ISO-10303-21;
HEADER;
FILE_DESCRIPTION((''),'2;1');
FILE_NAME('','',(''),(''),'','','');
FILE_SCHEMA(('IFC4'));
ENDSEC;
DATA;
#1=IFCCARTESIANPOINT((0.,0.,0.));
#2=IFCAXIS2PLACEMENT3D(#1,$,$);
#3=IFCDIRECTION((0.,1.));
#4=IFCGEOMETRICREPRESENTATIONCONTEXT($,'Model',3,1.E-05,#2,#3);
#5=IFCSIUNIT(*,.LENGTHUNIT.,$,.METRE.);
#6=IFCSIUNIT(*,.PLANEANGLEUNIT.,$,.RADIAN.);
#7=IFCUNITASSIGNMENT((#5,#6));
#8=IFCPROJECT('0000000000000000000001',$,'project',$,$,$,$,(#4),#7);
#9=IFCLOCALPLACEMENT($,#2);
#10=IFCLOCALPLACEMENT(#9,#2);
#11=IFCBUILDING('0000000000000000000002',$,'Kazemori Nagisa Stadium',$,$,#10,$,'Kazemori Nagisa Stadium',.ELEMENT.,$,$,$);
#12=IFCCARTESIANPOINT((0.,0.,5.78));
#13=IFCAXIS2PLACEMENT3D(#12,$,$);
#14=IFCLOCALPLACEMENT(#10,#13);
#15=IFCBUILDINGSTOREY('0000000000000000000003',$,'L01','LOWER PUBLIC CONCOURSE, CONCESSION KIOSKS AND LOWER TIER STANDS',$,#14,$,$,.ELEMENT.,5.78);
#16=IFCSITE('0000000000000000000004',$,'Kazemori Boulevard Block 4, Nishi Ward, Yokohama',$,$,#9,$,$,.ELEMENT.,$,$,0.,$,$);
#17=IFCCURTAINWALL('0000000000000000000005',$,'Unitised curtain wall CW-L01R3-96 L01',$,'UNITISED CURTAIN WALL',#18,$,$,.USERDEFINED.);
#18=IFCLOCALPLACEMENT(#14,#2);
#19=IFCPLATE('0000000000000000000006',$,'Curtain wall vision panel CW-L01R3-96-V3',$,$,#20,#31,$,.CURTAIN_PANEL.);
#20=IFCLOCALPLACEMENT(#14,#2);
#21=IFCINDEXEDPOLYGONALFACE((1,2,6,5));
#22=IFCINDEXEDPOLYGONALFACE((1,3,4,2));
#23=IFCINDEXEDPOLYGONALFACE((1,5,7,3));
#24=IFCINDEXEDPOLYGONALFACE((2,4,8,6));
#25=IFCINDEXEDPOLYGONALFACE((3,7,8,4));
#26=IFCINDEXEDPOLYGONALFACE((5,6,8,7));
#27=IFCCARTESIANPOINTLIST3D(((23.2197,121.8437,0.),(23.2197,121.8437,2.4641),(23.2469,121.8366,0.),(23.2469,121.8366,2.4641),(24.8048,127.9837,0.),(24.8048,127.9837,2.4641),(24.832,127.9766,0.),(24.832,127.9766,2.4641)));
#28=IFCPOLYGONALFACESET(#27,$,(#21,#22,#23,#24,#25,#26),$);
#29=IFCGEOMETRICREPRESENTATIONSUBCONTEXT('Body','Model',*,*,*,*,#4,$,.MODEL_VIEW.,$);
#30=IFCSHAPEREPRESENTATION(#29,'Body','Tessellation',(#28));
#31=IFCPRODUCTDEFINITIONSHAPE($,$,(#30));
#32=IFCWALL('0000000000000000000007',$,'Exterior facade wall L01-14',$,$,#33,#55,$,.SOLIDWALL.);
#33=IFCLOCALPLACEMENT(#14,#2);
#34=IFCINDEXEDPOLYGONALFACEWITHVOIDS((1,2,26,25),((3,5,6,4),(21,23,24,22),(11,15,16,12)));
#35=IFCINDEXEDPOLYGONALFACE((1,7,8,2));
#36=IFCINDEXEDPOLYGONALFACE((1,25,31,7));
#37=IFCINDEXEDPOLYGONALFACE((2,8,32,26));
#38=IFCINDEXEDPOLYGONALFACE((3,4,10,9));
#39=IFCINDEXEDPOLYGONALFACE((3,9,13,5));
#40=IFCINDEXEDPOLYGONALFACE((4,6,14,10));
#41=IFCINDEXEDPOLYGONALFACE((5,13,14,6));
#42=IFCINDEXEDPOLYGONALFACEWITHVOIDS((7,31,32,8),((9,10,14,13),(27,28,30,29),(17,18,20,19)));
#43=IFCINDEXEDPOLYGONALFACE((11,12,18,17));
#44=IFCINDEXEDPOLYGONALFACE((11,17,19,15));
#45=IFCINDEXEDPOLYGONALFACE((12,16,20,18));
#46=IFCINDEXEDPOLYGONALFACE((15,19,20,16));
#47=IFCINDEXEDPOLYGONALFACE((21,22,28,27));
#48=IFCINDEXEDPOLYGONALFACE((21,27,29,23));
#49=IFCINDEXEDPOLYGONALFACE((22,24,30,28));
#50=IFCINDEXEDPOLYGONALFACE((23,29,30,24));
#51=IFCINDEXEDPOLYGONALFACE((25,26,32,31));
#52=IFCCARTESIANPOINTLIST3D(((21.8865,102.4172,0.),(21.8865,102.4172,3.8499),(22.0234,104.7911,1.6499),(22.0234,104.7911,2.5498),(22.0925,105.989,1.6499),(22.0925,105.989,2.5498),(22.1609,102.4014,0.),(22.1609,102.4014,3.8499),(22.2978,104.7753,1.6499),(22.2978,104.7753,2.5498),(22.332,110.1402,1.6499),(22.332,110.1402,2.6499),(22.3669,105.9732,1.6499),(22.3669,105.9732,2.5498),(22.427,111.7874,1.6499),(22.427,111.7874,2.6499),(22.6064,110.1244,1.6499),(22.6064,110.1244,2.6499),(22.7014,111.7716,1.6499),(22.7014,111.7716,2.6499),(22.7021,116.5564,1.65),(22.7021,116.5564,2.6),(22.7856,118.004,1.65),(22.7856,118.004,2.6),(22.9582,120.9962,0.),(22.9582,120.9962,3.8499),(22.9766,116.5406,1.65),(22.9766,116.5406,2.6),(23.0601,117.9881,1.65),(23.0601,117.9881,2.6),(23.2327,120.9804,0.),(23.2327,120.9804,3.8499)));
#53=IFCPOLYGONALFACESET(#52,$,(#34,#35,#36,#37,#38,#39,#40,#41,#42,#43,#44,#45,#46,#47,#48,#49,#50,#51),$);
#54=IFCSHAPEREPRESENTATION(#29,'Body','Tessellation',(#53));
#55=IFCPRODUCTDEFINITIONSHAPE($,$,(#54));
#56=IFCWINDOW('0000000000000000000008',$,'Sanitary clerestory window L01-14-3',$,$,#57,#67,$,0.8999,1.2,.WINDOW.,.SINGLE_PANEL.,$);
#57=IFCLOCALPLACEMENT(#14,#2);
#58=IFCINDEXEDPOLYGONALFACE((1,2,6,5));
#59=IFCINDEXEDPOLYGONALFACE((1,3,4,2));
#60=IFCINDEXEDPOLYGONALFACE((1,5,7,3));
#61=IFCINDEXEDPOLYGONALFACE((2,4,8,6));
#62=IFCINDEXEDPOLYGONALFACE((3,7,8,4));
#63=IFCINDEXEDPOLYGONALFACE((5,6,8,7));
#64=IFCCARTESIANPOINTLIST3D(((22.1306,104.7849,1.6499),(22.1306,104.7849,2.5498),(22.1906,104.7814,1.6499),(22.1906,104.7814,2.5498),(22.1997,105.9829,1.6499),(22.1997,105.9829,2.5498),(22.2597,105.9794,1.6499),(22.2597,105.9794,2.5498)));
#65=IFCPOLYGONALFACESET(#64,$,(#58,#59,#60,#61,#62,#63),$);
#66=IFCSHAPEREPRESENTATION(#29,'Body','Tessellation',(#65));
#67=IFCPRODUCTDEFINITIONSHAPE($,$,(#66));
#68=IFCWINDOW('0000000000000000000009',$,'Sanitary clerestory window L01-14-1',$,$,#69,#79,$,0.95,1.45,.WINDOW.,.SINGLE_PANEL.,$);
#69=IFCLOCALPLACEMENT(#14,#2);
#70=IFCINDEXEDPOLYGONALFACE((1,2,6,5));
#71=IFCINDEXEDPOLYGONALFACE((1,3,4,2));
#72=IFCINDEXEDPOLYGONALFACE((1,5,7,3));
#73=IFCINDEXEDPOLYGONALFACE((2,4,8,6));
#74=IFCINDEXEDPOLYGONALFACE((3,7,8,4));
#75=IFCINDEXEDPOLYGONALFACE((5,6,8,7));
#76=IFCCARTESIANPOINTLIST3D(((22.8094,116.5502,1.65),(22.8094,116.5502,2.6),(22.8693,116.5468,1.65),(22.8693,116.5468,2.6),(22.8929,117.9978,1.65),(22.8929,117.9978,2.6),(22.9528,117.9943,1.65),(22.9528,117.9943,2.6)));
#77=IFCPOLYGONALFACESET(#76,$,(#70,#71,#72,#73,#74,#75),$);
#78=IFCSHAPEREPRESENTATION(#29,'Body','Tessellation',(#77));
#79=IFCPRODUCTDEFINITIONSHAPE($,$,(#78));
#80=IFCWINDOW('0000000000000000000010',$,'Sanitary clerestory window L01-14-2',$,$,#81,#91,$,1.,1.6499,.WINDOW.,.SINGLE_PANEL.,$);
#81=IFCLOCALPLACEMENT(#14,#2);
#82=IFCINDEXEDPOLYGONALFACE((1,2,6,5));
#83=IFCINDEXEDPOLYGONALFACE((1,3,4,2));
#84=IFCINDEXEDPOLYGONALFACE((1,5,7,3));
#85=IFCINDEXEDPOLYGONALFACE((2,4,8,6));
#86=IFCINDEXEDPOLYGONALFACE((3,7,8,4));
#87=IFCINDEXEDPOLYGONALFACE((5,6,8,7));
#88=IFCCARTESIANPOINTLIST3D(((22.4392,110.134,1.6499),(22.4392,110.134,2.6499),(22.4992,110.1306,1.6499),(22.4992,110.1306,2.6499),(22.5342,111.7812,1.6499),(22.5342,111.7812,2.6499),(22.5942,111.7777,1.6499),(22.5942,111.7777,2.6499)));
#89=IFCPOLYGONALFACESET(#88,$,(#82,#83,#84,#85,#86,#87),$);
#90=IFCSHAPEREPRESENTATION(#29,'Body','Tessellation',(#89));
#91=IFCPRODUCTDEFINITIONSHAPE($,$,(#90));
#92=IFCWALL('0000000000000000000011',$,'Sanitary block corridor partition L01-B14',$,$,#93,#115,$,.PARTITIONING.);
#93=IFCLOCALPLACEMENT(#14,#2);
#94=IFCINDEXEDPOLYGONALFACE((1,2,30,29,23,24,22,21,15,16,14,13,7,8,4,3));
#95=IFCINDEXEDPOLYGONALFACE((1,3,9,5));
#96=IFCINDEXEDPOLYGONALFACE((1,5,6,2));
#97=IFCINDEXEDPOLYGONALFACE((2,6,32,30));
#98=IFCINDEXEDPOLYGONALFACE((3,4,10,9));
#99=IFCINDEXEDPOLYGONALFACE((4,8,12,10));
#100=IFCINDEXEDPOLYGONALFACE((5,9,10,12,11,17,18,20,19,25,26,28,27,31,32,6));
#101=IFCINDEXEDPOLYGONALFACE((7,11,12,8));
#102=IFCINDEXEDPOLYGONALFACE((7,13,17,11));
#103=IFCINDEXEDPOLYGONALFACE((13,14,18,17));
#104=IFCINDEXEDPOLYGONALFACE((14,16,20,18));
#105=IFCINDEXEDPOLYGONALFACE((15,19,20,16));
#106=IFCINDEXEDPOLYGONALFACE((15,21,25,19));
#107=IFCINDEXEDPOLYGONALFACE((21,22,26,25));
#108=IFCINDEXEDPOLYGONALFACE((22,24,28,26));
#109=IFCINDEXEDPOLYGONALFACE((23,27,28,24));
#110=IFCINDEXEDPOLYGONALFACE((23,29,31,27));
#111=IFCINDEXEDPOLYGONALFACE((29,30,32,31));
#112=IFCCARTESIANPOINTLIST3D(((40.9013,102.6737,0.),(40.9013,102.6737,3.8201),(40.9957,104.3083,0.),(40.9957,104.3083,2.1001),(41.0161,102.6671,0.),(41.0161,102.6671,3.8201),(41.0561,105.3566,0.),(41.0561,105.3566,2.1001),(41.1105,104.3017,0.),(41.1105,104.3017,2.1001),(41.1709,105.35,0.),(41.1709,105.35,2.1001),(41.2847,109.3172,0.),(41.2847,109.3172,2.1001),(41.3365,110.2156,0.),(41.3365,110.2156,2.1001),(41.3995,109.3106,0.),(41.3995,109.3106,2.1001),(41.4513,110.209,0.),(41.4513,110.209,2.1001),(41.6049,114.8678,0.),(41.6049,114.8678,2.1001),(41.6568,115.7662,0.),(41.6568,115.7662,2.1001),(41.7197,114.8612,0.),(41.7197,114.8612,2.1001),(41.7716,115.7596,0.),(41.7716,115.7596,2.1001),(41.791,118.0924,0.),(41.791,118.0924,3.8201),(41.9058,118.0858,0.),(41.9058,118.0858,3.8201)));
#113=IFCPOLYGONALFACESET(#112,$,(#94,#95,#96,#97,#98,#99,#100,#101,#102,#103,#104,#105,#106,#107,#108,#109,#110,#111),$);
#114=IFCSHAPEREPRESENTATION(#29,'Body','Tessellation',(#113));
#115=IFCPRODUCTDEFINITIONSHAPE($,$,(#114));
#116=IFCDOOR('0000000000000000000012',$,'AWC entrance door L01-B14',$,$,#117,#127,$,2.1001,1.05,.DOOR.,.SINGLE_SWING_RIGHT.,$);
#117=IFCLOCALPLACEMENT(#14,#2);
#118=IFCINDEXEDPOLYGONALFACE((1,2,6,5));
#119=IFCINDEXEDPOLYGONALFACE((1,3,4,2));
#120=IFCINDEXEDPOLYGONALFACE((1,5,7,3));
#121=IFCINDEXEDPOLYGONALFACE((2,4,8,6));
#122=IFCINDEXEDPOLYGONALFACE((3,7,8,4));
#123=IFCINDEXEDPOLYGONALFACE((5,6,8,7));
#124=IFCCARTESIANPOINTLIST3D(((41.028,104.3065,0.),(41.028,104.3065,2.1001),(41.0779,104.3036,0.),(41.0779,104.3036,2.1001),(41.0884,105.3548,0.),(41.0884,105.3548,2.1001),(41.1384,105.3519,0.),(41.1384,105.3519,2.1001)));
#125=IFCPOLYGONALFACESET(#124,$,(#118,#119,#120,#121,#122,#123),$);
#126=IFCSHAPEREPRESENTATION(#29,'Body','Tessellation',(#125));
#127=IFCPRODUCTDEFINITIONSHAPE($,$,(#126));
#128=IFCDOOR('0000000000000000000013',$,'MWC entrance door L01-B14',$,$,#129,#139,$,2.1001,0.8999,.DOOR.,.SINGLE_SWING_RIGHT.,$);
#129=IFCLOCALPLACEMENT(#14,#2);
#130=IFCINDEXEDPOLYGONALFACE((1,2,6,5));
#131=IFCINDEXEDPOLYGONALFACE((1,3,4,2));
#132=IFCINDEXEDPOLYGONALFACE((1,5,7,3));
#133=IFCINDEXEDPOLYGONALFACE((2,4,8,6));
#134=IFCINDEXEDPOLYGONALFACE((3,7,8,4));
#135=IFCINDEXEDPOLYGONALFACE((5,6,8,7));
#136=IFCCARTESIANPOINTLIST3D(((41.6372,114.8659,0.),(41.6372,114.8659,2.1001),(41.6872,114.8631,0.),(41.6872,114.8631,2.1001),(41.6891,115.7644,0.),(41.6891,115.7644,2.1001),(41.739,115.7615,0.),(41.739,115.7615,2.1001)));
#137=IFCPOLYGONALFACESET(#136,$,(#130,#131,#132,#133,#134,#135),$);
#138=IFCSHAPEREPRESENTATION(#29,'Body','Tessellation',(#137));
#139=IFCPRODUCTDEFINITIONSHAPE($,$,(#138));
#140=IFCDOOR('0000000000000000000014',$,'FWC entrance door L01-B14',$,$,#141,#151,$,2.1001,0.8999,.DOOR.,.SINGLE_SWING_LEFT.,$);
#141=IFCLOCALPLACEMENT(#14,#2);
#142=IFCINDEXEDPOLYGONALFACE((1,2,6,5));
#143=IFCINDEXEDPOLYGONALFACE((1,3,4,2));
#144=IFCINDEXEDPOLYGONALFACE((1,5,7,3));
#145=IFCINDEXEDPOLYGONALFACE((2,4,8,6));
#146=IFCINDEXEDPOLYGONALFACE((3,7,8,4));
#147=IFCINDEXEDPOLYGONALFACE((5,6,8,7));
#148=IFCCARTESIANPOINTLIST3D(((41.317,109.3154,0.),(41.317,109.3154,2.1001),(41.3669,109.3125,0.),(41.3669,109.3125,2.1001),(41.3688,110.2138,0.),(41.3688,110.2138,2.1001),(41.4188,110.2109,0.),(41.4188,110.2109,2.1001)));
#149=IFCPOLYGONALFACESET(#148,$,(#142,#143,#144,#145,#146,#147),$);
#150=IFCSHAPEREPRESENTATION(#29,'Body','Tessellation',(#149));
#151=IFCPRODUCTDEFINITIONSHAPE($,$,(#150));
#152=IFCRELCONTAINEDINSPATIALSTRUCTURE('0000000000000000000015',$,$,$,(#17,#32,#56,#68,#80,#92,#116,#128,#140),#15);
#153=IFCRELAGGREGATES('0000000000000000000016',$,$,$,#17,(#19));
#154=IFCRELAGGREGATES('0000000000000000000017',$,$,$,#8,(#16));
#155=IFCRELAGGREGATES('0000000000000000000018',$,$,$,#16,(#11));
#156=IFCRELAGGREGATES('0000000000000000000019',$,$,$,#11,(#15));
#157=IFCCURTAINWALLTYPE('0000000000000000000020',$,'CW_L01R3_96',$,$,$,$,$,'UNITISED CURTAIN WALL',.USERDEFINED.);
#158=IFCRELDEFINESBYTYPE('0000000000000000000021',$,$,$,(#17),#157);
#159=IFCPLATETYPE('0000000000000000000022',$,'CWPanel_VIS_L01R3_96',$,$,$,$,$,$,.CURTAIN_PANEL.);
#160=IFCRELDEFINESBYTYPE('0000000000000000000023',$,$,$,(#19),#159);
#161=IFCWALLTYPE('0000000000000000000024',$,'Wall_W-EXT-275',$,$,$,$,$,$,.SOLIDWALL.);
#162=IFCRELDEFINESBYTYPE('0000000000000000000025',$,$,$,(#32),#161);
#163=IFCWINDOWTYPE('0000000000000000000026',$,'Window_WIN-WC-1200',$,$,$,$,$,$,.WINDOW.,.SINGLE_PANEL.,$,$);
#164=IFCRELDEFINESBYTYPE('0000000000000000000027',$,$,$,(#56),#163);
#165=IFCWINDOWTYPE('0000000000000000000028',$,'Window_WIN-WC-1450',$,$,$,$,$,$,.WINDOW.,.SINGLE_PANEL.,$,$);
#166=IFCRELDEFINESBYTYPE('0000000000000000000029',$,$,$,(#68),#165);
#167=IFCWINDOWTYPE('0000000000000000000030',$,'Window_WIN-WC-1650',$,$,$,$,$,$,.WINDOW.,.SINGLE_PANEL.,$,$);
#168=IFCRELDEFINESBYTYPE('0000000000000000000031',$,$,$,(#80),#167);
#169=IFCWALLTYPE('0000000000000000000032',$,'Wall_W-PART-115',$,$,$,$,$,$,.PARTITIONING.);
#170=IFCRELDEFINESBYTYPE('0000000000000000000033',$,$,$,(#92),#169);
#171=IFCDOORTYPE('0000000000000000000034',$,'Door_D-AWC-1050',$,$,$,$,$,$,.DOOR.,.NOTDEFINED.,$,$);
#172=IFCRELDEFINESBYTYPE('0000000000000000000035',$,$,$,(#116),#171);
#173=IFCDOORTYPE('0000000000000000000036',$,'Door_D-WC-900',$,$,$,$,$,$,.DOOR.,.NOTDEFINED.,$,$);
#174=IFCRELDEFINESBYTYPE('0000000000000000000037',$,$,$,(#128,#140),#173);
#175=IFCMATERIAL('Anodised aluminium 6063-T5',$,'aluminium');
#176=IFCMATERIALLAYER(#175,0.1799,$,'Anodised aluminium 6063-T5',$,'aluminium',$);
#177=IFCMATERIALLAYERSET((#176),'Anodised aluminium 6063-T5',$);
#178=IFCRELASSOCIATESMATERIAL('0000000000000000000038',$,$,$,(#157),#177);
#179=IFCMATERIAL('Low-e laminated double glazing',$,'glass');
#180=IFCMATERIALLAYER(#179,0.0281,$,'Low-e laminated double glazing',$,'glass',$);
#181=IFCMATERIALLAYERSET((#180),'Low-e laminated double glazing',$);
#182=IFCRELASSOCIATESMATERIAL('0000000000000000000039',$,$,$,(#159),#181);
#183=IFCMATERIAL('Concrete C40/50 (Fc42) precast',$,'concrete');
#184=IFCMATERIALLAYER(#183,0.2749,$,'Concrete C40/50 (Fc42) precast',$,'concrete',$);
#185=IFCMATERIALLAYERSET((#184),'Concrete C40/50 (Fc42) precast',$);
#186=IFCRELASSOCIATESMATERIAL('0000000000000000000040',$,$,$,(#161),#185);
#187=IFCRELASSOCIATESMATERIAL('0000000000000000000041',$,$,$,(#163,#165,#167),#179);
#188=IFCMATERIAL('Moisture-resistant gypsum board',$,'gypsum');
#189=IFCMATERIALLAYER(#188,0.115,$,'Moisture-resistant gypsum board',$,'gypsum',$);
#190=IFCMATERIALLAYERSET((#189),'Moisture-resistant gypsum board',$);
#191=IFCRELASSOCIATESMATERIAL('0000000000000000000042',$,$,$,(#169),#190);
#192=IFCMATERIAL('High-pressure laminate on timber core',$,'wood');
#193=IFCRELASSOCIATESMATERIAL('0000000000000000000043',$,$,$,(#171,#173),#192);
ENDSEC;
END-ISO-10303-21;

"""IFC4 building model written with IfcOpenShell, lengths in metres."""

from ifc_helpers import new_model, si_unit, direction, frame, frame_2d, origin, origin_2d, place, context, subcontext, project, spatial, rectangle, extrude, material, layer, layer_set, type_object, element, fill, aggregate, save


model = new_model("IFC4")

# Units and contexts
model_context = context("Model", 3, precision=1e-05, world=origin(), true_north=direction((0.0, 1.0)))
body_context = subcontext(model_context, "Body", "Model", "MODEL_VIEW")
ifc_project = project(units=[si_unit("LENGTHUNIT", "METRE"), si_unit("PLANEANGLEUNIT", "RADIAN")], contexts=[model_context])

# Site, building, storey
site_placement = place(None, origin())
site = spatial("IfcSite", under=ifc_project, at=site_placement, Name="Kazemori Boulevard Block 4, Nishi Ward, Yokohama", CompositionType="ELEMENT", RefElevation=0.0)
building_placement = place(site_placement, origin())
building = spatial("IfcBuilding", under=site, at=building_placement, Name="Kazemori Nagisa Stadium", LongName="Kazemori Nagisa Stadium", CompositionType="ELEMENT")
storey_placement = place(building_placement, frame((0.0, 0.0, 5.78)))
storey = spatial("IfcBuildingStorey", under=building, at=storey_placement, Name="L01", Description="LOWER PUBLIC CONCOURSE, CONCESSION KIOSKS AND LOWER TIER STANDS", CompositionType="ELEMENT", Elevation=5.78)

# Curtain wall, plate
ifc_material_1 = material(Name="Anodised aluminium 6063-T5", Category="aluminium")
ifc_layer_1 = layer(ifc_material_1, 0.1799, Name="Anodised aluminium 6063-T5", Category="aluminium")
ifc_layer_set_1 = layer_set([ifc_layer_1], Name="Anodised aluminium 6063-T5")
curtain_wall_type = type_object("IfcCurtainWallType", Name="CW_L01R3_96", ElementType="UNITISED CURTAIN WALL", PredefinedType="USERDEFINED", material=ifc_layer_set_1)
curtain_wall_placement = place(storey_placement, origin())
curtain_wall = element("IfcCurtainWall", 1, at=curtain_wall_placement, inside=storey, type_object=curtain_wall_type, Name="Unitised curtain wall CW-L01R3-96 L01", ObjectType="UNITISED CURTAIN WALL", PredefinedType="USERDEFINED")
ifc_material_2 = material(Name="Low-e laminated double glazing", Category="glass")
ifc_layer_2 = layer(ifc_material_2, 0.0281, Name="Low-e laminated double glazing", Category="glass")
ifc_layer_set_2 = layer_set([ifc_layer_2], Name="Low-e laminated double glazing")
plate_type_1 = type_object("IfcPlateType", Name="CWPanel_VIS_L01R3_96", PredefinedType="CURTAIN_PANEL", material=ifc_layer_set_2)
plate_1_placement = place(storey_placement, frame((24.0259, 124.9102, 0.0), z_axis=(0.0, 0.0, 1.0), x_axis=(-0.249965, -0.968255, 0.0)))
plate_1 = element("IfcPlate", 2, at=plate_1_placement, type_object=plate_type_1, Name="Curtain wall vision panel CW-L01R3-96-V3", PredefinedType="CURTAIN_PANEL", context=body_context, shape_type="SweptSolid", body=[
    extrude(rectangle(XDim=6.3413, YDim=0.0281, at=origin_2d()), origin(), (0.0, 0.0, 1.0), 2.4641),
])
aggregate(curtain_wall, [plate_1])

# Wall, openings, windows
ifc_material_3 = material(Name="Concrete C40/50 (Fc42) precast", Category="concrete")
ifc_layer_3 = layer(ifc_material_3, 0.2749, Name="Concrete C40/50 (Fc42) precast", Category="concrete")
ifc_layer_set_3 = layer_set([ifc_layer_3], Name="Concrete C40/50 (Fc42) precast")
wall_type_1 = type_object("IfcWallType", Name="Wall_W-EXT-275", PredefinedType="SOLIDWALL", material=ifc_layer_set_3)
wall_1_placement = place(storey_placement, frame((23.0955, 120.9883, 0.0), z_axis=(0.0, 0.0, 1.0), x_axis=(-0.057592, -0.99834, 0.0)))
wall_1 = element("IfcWall", 3, at=wall_1_placement, inside=storey, type_object=wall_type_1, Name="Exterior facade wall L01-14", PredefinedType="SOLIDWALL", context=body_context, shape_type="SweptSolid", body=[
    extrude(rectangle(XDim=18.6099, YDim=0.2749, at=frame_2d((9.3049, 0.0))), origin(), (0.0, 0.0, 1.0), 3.8499),
])
opening_1_placement = place(wall_1_placement, frame((2.9971, 0.0, 1.6499)))
opening_1 = element("IfcOpeningElement", 4, at=opening_1_placement, cuts=wall_1, PredefinedType="OPENING", context=body_context, shape_type="SweptSolid", body=[
    extrude(rectangle(XDim=1.45, YDim=0.95, at=frame_2d((0.7251, 0.4751))), frame((0.0, 0.1475, 0.0), z_axis=(0.0, -1.0, 0.0), x_axis=(1.0, 0.0, 0.0)), (0.0, 0.0, 1.0), 0.2949),
])
opening_2_placement = place(wall_1_placement, frame((9.2241, 0.0, 1.6499)))
opening_2 = element("IfcOpeningElement", 5, at=opening_2_placement, cuts=wall_1, PredefinedType="OPENING", context=body_context, shape_type="SweptSolid", body=[
    extrude(rectangle(XDim=1.6499, YDim=1.0, at=frame_2d((0.825, 0.5))), frame((0.0, 0.1475, 0.0), z_axis=(0.0, -1.0, 0.0), x_axis=(1.0, 0.0, 0.0)), (0.0, 0.0, 1.0), 0.2949),
])
opening_3_placement = place(wall_1_placement, frame((15.032, 0.0, 1.6499)))
opening_3 = element("IfcOpeningElement", 6, at=opening_3_placement, cuts=wall_1, PredefinedType="OPENING", context=body_context, shape_type="SweptSolid", body=[
    extrude(rectangle(XDim=1.2, YDim=0.8999, at=frame_2d((0.6001, 0.45))), frame((0.0, 0.1475, 0.0), z_axis=(0.0, -1.0, 0.0), x_axis=(1.0, 0.0, 0.0)), (0.0, 0.0, 1.0), 0.2949),
])
window_type_1 = type_object("IfcWindowType", Name="Window_WIN-WC-1200", PartitioningType="SINGLE_PANEL", PredefinedType="WINDOW", material=ifc_material_2)
window_1_placement = place(opening_3_placement, origin())
window_1 = element("IfcWindow", 7, at=window_1_placement, inside=storey, type_object=window_type_1, Name="Sanitary clerestory window L01-14-3", OverallHeight=0.8999, OverallWidth=1.2, PartitioningType="SINGLE_PANEL", PredefinedType="WINDOW", context=body_context, shape_type="SweptSolid", body=[
    extrude(rectangle(XDim=1.2, YDim=0.8999, at=frame_2d((0.6001, 0.45))), frame((0.0, 0.03, 0.0), z_axis=(0.0, -1.0, 0.0), x_axis=(1.0, 0.0, 0.0)), (0.0, 0.0, 1.0), 0.0601),
])
fill(opening_3, window_1)
window_type_2 = type_object("IfcWindowType", Name="Window_WIN-WC-1450", PartitioningType="SINGLE_PANEL", PredefinedType="WINDOW", material=ifc_material_2)
window_2_placement = place(opening_1_placement, origin())
window_2 = element("IfcWindow", 8, at=window_2_placement, inside=storey, type_object=window_type_2, Name="Sanitary clerestory window L01-14-1", OverallHeight=0.95, OverallWidth=1.45, PartitioningType="SINGLE_PANEL", PredefinedType="WINDOW", context=body_context, shape_type="SweptSolid", body=[
    extrude(rectangle(XDim=1.45, YDim=0.95, at=frame_2d((0.7251, 0.4751))), frame((0.0, 0.03, 0.0), z_axis=(0.0, -1.0, 0.0), x_axis=(1.0, 0.0, 0.0)), (0.0, 0.0, 1.0), 0.0601),
])
fill(opening_1, window_2)
window_type_3 = type_object("IfcWindowType", Name="Window_WIN-WC-1650", PartitioningType="SINGLE_PANEL", PredefinedType="WINDOW", material=ifc_material_2)
window_3_placement = place(opening_2_placement, origin())
window_3 = element("IfcWindow", 9, at=window_3_placement, inside=storey, type_object=window_type_3, Name="Sanitary clerestory window L01-14-2", OverallHeight=1.0, OverallWidth=1.6499, PartitioningType="SINGLE_PANEL", PredefinedType="WINDOW", context=body_context, shape_type="SweptSolid", body=[
    extrude(rectangle(XDim=1.6499, YDim=1.0, at=frame_2d((0.825, 0.5))), frame((0.0, 0.03, 0.0), z_axis=(0.0, -1.0, 0.0), x_axis=(1.0, 0.0, 0.0)), (0.0, 0.0, 1.0), 0.0601),
])
fill(opening_2, window_3)

# Wall, openings, doors
ifc_material_4 = material(Name="Moisture-resistant gypsum board", Category="gypsum")
ifc_layer_4 = layer(ifc_material_4, 0.115, Name="Moisture-resistant gypsum board", Category="gypsum")
ifc_layer_set_4 = layer_set([ifc_layer_4], Name="Moisture-resistant gypsum board")
wall_type_2 = type_object("IfcWallType", Name="Wall_W-PART-115", PredefinedType="PARTITIONING", material=ifc_layer_set_4)
wall_2_placement = place(storey_placement, frame((41.8484, 118.0891, 0.0), z_axis=(0.0, 0.0, 1.0), x_axis=(-0.057604, -0.99834, 0.0)))
wall_2 = element("IfcWall", 10, at=wall_2_placement, inside=storey, type_object=wall_type_2, Name="Sanitary block corridor partition L01-B14", PredefinedType="PARTITIONING", context=body_context, shape_type="SweptSolid", body=[
    extrude(rectangle(XDim=15.4443, YDim=0.115, at=frame_2d((7.7222, 0.0))), origin(), (0.0, 0.0, 1.0), 3.8201),
])
opening_4_placement = place(wall_2_placement, frame((2.3301, 0.0, 0.0)))
opening_4 = element("IfcOpeningElement", 11, at=opening_4_placement, cuts=wall_2, PredefinedType="OPENING", context=body_context, shape_type="SweptSolid", body=[
    extrude(rectangle(XDim=0.8999, YDim=2.1001, at=frame_2d((0.45, 1.05))), frame((0.0, 0.0674, 0.0), z_axis=(0.0, -1.0, 0.0), x_axis=(1.0, 0.0, 0.0)), (0.0, 0.0, 1.0), 0.135),
])
opening_5_placement = place(wall_2_placement, frame((7.8899, 0.0, 0.0)))
opening_5 = element("IfcOpeningElement", 12, at=opening_5_placement, cuts=wall_2, PredefinedType="OPENING", context=body_context, shape_type="SweptSolid", body=[
    extrude(rectangle(XDim=0.8999, YDim=2.1001, at=frame_2d((0.45, 1.05))), frame((0.0, 0.0674, 0.0), z_axis=(0.0, -1.0, 0.0), x_axis=(1.0, 0.0, 0.0)), (0.0, 0.0, 1.0), 0.135),
])
opening_6_placement = place(wall_2_placement, frame((12.7571, 0.0, 0.0)))
opening_6 = element("IfcOpeningElement", 13, at=opening_6_placement, cuts=wall_2, PredefinedType="OPENING", context=body_context, shape_type="SweptSolid", body=[
    extrude(rectangle(XDim=1.05, YDim=2.1001, at=frame_2d((0.5249, 1.05))), frame((0.0, 0.0674, 0.0), z_axis=(0.0, -1.0, 0.0), x_axis=(1.0, 0.0, 0.0)), (0.0, 0.0, 1.0), 0.135),
])
ifc_material_5 = material(Name="High-pressure laminate on timber core", Category="wood")
door_type_1 = type_object("IfcDoorType", Name="Door_D-AWC-1050", OperationType="NOTDEFINED", PredefinedType="DOOR", material=ifc_material_5)
door_1_placement = place(opening_6_placement, origin())
door_1 = element("IfcDoor", 14, at=door_1_placement, inside=storey, type_object=door_type_1, Name="AWC entrance door L01-B14", OperationType="SINGLE_SWING_RIGHT", OverallHeight=2.1001, OverallWidth=1.05, PredefinedType="DOOR", context=body_context, shape_type="SweptSolid", body=[
    extrude(rectangle(XDim=1.05, YDim=2.1001, at=frame_2d((0.5249, 1.05))), frame((0.0, 0.0249, 0.0), z_axis=(0.0, -1.0, 0.0), x_axis=(1.0, 0.0, 0.0)), (0.0, 0.0, 1.0), 0.05),
])
fill(opening_6, door_1)
door_type_2 = type_object("IfcDoorType", Name="Door_D-WC-900", OperationType="NOTDEFINED", PredefinedType="DOOR", material=ifc_material_5)
door_2_placement = place(opening_4_placement, origin())
door_2 = element("IfcDoor", 15, at=door_2_placement, inside=storey, type_object=door_type_2, Name="MWC entrance door L01-B14", OperationType="SINGLE_SWING_RIGHT", OverallHeight=2.1001, OverallWidth=0.8999, PredefinedType="DOOR", context=body_context, shape_type="SweptSolid", body=[
    extrude(rectangle(XDim=0.8999, YDim=2.1001, at=frame_2d((0.45, 1.05))), frame((0.0, 0.0249, 0.0), z_axis=(0.0, -1.0, 0.0), x_axis=(1.0, 0.0, 0.0)), (0.0, 0.0, 1.0), 0.05),
])
fill(opening_4, door_2)
door_3_placement = place(opening_5_placement, origin())
door_3 = element("IfcDoor", 16, at=door_3_placement, inside=storey, type_object=door_type_2, Name="FWC entrance door L01-B14", OperationType="SINGLE_SWING_LEFT", OverallHeight=2.1001, OverallWidth=0.8999, PredefinedType="DOOR", context=body_context, shape_type="SweptSolid", body=[
    extrude(rectangle(XDim=0.8999, YDim=2.1001, at=frame_2d((0.45, 1.05))), frame((0.0, 0.0249, 0.0), z_axis=(0.0, -1.0, 0.0), x_axis=(1.0, 0.0, 0.0)), (0.0, 0.0, 1.0), 0.05),
])
fill(opening_5, door_3)

save(model, "model.ifc")
